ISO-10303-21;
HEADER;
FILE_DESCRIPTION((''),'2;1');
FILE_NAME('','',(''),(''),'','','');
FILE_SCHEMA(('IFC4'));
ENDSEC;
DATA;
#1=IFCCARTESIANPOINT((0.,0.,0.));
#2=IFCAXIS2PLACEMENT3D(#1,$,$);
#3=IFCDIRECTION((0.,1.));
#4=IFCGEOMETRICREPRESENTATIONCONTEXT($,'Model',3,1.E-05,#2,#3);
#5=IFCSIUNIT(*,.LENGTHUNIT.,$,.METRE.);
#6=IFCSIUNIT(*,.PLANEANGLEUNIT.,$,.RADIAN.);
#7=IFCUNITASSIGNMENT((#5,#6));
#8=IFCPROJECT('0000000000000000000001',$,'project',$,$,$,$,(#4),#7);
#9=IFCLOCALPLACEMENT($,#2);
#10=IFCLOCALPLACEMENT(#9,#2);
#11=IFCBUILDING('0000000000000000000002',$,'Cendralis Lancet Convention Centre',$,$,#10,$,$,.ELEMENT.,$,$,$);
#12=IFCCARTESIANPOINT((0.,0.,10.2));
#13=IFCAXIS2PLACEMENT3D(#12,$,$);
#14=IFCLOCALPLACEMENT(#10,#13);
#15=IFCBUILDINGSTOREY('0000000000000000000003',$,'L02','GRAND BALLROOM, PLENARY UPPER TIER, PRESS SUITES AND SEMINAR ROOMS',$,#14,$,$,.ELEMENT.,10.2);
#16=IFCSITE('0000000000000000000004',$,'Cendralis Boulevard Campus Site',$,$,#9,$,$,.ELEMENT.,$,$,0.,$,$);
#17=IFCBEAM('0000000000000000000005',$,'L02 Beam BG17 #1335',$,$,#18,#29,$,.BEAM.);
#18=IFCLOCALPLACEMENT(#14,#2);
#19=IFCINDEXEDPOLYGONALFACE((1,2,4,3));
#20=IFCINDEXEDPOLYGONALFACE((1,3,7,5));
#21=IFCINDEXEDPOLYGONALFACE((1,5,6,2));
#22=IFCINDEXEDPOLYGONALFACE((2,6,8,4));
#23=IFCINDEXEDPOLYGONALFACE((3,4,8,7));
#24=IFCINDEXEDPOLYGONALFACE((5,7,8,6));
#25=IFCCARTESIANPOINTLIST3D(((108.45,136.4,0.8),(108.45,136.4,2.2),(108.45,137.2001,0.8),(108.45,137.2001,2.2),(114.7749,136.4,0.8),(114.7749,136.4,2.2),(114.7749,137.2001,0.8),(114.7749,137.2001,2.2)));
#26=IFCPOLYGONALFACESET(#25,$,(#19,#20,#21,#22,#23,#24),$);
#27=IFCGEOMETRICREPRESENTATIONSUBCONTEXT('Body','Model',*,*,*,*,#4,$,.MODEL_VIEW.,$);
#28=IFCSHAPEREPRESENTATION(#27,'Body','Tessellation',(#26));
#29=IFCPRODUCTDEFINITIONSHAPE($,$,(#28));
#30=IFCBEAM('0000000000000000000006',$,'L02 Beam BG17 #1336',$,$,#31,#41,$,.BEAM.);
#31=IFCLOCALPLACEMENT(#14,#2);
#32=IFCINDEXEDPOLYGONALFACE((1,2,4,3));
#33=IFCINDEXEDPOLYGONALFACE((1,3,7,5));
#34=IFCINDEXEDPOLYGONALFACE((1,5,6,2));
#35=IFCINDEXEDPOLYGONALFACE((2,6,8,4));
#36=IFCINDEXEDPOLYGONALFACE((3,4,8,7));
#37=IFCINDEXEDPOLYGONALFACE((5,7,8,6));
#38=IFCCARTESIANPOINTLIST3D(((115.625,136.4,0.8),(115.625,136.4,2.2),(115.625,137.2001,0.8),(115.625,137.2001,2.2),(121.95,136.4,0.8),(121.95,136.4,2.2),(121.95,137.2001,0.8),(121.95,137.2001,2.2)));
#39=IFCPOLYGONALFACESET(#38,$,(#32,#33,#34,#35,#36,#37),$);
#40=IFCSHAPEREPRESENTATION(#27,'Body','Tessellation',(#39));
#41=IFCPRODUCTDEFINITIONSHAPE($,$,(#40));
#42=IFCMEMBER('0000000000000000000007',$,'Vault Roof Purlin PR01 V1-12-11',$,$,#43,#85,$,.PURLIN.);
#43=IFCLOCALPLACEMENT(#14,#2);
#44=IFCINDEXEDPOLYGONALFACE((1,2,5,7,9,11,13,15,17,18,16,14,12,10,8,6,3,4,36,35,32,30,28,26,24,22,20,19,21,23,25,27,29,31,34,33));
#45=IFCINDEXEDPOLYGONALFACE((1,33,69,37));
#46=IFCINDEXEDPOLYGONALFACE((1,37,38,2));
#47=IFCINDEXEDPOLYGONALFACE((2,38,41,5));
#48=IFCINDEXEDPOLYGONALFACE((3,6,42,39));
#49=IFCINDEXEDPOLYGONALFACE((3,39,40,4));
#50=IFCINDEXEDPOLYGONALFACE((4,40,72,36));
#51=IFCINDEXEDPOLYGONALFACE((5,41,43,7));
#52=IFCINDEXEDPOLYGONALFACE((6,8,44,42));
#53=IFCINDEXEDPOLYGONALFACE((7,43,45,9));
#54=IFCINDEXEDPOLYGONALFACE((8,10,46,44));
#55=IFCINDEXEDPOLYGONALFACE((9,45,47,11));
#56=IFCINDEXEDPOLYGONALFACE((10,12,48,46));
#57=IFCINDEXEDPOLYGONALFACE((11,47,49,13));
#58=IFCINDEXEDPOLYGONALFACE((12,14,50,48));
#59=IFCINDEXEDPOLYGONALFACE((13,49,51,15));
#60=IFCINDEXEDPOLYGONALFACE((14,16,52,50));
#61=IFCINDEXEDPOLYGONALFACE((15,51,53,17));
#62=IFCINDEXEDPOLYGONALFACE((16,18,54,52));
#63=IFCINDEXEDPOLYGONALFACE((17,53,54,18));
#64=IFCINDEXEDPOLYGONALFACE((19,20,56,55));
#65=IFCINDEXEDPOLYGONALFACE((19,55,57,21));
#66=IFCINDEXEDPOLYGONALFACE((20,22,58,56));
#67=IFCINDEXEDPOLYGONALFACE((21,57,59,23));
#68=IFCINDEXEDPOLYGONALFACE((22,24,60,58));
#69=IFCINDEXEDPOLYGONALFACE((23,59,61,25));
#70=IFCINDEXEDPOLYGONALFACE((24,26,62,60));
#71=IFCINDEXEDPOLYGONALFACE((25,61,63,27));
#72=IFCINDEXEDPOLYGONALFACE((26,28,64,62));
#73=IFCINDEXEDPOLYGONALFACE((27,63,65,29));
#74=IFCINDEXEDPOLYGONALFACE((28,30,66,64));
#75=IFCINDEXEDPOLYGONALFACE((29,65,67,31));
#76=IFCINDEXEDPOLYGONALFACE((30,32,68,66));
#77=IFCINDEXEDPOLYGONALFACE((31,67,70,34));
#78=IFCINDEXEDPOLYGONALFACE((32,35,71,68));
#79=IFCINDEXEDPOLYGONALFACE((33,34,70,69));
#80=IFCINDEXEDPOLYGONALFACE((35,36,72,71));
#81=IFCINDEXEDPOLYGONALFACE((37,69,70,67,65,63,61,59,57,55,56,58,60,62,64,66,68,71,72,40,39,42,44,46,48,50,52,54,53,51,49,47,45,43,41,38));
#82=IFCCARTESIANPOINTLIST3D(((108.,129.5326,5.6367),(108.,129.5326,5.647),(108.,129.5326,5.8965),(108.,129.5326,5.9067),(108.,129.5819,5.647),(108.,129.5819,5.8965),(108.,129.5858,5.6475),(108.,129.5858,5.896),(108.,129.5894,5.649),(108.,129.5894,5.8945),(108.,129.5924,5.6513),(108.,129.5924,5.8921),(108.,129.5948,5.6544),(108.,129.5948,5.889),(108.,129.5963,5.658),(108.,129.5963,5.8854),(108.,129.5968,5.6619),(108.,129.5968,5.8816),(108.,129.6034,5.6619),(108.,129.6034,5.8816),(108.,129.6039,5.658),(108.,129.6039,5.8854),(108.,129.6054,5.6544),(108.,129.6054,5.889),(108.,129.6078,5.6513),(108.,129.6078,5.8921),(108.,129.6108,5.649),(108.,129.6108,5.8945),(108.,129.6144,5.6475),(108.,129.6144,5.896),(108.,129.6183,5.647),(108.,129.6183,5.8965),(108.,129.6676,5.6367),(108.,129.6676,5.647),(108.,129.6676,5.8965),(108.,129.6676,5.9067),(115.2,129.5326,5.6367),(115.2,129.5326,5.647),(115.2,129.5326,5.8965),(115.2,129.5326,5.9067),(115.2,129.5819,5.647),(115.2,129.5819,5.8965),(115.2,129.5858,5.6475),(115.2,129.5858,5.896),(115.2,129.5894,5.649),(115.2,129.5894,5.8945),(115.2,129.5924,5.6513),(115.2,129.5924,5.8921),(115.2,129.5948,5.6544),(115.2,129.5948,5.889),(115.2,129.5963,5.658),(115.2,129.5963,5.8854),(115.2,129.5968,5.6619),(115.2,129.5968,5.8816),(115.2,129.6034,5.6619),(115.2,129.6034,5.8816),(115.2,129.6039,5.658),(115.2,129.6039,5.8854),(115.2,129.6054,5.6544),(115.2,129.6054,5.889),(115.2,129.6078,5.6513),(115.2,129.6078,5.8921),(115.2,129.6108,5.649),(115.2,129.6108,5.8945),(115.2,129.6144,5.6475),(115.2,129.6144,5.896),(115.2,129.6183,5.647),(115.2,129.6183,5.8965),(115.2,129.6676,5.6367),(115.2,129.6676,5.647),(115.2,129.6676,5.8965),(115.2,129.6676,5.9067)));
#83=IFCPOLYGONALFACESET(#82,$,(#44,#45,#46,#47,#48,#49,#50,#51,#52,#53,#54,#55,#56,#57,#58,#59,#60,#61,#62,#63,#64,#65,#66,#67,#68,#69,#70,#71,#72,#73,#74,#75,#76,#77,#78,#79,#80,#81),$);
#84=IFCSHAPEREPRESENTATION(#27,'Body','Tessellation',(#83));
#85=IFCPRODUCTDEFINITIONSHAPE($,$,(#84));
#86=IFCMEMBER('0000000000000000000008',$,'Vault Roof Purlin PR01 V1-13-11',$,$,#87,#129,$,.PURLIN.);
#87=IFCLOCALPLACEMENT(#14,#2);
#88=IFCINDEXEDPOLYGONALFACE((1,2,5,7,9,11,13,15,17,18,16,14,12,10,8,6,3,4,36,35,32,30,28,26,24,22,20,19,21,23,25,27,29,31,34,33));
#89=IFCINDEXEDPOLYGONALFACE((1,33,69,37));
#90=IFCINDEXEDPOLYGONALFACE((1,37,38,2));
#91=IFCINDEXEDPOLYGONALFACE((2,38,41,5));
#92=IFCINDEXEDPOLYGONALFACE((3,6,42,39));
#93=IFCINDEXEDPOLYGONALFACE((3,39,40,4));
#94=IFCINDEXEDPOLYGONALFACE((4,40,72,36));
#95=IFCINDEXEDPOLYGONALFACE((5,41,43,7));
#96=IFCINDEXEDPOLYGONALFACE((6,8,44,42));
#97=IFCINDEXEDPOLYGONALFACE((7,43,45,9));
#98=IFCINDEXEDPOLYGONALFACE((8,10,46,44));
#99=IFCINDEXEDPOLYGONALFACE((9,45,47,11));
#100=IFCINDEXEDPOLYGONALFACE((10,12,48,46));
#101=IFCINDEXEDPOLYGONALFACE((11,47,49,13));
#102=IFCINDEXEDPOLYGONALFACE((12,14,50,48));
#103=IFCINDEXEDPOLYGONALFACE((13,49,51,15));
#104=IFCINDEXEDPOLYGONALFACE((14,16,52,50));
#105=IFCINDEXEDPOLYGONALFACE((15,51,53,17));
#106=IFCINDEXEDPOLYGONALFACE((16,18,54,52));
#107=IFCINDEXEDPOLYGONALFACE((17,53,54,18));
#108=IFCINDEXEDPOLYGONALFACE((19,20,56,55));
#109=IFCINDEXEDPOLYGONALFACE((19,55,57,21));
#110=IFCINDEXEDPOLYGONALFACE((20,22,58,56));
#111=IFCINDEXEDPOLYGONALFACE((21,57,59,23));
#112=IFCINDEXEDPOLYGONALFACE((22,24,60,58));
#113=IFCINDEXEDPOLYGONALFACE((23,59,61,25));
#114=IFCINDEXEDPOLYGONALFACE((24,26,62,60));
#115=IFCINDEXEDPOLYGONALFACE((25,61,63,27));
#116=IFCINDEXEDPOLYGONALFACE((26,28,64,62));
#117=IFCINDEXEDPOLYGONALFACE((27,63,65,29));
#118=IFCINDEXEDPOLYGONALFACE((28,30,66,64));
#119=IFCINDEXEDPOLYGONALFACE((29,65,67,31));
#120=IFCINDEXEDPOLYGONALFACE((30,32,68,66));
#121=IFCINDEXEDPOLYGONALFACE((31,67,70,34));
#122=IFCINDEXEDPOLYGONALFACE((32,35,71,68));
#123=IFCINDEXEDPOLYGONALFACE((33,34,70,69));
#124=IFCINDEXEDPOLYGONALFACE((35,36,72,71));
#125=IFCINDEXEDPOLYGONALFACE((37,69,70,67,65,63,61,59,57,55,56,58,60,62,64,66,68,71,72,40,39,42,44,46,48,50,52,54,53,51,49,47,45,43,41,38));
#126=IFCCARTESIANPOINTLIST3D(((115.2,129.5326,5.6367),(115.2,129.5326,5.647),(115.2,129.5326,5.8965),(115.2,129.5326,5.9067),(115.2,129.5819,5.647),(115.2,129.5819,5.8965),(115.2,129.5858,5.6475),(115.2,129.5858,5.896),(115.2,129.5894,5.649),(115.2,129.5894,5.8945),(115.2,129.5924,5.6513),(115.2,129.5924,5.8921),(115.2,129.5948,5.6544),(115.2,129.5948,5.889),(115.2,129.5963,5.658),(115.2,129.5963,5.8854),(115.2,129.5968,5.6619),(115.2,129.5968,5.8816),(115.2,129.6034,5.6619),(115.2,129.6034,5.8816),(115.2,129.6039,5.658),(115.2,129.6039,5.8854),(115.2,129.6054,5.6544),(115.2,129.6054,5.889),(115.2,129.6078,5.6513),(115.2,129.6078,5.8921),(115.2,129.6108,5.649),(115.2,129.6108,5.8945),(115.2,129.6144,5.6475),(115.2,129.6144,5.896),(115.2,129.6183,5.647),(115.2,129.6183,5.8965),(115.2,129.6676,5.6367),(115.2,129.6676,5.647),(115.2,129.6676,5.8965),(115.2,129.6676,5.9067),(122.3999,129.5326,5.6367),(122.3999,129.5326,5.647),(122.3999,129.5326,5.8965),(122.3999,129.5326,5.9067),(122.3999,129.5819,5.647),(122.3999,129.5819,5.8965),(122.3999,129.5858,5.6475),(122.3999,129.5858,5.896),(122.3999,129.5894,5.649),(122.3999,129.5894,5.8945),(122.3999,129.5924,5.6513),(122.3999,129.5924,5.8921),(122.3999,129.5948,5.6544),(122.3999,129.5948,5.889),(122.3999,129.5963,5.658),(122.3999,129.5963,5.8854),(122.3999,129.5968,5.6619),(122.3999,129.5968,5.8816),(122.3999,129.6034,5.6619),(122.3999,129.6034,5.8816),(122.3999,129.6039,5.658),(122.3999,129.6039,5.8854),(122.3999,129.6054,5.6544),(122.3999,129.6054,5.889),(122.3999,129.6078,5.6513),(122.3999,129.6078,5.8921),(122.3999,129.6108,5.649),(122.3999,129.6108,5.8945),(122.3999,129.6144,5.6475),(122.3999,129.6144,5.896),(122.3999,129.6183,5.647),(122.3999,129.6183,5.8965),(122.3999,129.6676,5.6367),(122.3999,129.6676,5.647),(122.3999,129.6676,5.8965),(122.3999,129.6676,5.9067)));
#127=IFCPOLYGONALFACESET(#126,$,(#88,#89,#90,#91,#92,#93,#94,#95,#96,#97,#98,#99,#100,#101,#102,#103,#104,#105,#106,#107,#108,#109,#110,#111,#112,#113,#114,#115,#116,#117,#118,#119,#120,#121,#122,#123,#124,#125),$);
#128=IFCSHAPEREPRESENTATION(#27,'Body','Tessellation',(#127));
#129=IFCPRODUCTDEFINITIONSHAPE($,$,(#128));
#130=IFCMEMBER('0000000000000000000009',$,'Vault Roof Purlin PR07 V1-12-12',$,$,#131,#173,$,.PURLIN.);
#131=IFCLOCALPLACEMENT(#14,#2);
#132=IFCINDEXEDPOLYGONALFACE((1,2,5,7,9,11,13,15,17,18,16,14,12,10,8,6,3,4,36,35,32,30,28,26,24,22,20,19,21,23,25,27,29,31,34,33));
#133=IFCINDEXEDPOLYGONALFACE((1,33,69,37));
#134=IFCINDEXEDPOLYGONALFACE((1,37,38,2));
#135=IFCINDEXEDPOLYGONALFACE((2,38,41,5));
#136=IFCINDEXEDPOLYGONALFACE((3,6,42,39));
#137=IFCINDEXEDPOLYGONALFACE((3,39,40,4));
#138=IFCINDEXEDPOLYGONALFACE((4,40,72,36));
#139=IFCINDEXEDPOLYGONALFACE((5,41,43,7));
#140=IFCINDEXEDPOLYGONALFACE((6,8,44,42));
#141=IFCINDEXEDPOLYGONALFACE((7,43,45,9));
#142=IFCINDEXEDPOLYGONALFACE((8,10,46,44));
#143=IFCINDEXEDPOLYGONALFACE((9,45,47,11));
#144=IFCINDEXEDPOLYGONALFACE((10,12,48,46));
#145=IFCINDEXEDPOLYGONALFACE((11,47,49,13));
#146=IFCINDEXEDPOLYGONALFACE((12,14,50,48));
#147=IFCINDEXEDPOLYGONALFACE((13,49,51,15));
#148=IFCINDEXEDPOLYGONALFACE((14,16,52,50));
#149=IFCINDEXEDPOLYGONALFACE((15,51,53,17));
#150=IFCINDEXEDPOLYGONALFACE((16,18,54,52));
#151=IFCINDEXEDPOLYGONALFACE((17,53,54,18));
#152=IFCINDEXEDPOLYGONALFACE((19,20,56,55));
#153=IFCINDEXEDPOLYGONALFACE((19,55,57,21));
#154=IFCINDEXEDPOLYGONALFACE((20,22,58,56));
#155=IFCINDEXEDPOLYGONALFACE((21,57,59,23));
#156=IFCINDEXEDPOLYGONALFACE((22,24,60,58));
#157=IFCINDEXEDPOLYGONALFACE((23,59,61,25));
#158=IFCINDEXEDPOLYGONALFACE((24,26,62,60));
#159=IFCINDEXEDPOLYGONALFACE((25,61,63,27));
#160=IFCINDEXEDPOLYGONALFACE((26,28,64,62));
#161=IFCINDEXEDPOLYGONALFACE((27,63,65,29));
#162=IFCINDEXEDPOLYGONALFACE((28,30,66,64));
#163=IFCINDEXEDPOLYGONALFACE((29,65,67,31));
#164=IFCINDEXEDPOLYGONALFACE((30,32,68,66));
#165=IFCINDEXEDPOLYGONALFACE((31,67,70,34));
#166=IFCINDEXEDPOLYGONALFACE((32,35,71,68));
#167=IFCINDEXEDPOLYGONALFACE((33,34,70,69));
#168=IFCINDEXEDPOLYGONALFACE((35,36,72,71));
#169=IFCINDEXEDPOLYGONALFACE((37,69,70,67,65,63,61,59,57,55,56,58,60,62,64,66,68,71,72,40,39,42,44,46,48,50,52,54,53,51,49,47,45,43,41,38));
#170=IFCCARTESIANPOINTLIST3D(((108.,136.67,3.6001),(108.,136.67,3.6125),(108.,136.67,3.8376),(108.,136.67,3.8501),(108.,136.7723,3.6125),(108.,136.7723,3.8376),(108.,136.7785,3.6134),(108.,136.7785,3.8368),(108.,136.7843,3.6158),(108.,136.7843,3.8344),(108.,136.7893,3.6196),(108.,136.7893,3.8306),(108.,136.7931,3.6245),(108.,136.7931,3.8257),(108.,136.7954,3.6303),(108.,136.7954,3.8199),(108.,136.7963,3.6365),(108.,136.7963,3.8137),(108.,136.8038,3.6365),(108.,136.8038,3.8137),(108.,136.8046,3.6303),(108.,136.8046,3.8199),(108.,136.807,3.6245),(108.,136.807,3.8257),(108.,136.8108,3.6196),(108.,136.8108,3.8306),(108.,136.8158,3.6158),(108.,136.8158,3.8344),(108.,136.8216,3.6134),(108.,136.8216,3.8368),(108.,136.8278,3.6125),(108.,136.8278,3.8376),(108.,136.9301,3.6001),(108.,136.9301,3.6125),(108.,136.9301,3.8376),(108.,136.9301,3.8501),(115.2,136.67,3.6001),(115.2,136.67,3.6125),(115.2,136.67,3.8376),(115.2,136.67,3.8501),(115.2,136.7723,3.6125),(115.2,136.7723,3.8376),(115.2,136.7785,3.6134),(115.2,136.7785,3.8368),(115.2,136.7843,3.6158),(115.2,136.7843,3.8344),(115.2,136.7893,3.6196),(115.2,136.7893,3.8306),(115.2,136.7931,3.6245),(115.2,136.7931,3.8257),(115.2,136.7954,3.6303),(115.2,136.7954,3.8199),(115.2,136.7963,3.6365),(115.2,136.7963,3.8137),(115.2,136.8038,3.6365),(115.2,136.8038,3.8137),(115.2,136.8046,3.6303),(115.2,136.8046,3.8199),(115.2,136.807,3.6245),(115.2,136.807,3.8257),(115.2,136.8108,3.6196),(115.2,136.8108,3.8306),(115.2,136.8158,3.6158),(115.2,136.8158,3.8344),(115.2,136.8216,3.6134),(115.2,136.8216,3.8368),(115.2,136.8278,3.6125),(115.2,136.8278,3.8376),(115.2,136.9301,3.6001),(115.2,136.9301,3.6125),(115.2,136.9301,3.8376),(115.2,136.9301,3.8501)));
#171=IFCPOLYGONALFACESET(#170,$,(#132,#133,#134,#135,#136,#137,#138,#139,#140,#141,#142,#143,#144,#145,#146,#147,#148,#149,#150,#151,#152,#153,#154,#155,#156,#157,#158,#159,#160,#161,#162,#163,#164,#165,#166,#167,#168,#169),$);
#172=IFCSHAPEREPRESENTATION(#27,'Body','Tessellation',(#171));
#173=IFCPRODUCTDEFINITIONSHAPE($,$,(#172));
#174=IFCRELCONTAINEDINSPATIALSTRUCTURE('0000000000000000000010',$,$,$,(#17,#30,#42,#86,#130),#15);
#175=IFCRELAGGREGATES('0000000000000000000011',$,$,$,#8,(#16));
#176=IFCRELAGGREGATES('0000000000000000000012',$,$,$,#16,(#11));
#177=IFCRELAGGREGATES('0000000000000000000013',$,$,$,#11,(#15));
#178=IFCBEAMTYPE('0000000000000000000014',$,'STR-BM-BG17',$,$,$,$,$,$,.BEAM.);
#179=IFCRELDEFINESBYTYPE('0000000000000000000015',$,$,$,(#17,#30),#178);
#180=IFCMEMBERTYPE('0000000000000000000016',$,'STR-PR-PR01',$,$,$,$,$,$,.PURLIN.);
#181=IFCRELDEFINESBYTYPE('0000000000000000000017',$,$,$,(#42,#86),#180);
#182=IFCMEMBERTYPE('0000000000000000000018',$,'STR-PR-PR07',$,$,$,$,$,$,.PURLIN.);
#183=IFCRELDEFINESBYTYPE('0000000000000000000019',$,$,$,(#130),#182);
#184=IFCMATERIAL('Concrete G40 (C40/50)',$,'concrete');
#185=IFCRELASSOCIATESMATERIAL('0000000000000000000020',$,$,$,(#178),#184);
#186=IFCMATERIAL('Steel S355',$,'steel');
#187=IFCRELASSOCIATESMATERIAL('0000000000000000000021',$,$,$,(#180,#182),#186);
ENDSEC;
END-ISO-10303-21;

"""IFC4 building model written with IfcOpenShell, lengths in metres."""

from ifc_helpers import new_model, si_unit, direction, frame, origin, origin_2d, place, context, subcontext, project, spatial, rectangle, i_section, extrude, material, material_profile, profile_set, type_object, element, save


model = new_model("IFC4")

# Units and contexts
model_context = context("Model", 3, precision=1e-05, world=origin(), true_north=direction((0.0, 1.0)))
body_context = subcontext(model_context, "Body", "Model", "MODEL_VIEW")
ifc_project = project(units=[si_unit("LENGTHUNIT", "METRE"), si_unit("PLANEANGLEUNIT", "RADIAN")], contexts=[model_context])

# Site, building, storey
site_placement = place(None, origin())
site = spatial("IfcSite", under=ifc_project, at=site_placement, Name="Cendralis Boulevard Campus Site", CompositionType="ELEMENT", RefElevation=0.0)
building_placement = place(site_placement, origin())
building = spatial("IfcBuilding", under=site, at=building_placement, Name="Cendralis Lancet Convention Centre", CompositionType="ELEMENT")
storey_placement = place(building_placement, frame((0.0, 0.0, 10.2)))
storey = spatial("IfcBuildingStorey", under=building, at=storey_placement, Name="L02", Description="GRAND BALLROOM, PLENARY UPPER TIER, PRESS SUITES AND SEMINAR ROOMS", CompositionType="ELEMENT", Elevation=10.2)

# Beams
ifc_material_1 = material(Name="Concrete G40 (C40/50)", Category="concrete")
ifc_material_profile_1 = material_profile(ifc_material_1, rectangle(XDim=0.8, YDim=1.3999, at=origin_2d()), Name="RCB 800x1400")
ifc_profile_set_1 = profile_set([ifc_material_profile_1], Name="Concrete G40 (C40/50)")
beam_type = type_object("IfcBeamType", Name="STR-BM-BG17", PredefinedType="BEAM", material=ifc_profile_set_1)
for number, where, z_axis, x_axis, name in (
    (1, (108.45, 136.8, 1.5), (1.0, 0.0, 0.0), (0.0, 1.0, 0.0), "L02 Beam BG17 #1335"),
    (2, (115.625, 136.8, 1.5), (1.0, 0.0, 0.0), (0.0, 1.0, 0.0), "L02 Beam BG17 #1336"),
):
    element("IfcBeam", number, at=place(storey_placement, frame(where, z_axis=z_axis, x_axis=x_axis)), inside=storey, type_object=beam_type, Name=name, PredefinedType="BEAM", context=body_context, shape_type="SweptSolid", body=[
        extrude(rectangle(XDim=0.8, YDim=1.3999, at=origin_2d()), origin(), (0.0, 0.0, 1.0), 6.325),
    ])

# Members
ifc_material_2 = material(Name="Steel S355", Category="steel")
ifc_material_profile_2 = material_profile(ifc_material_2, i_section(OverallWidth=0.135, OverallDepth=0.27, WebThickness=0.0066, FlangeThickness=0.0103, FilletRadius=0.0149, at=origin_2d()), Name="IPE 270")
ifc_profile_set_2 = profile_set([ifc_material_profile_2], Name="Steel S355")
member_type_1 = type_object("IfcMemberType", Name="STR-PR-PR01", PredefinedType="PURLIN", material=ifc_profile_set_2)
for number, where, z_axis, x_axis, name in (
    (3, (108.0, 129.6001, 5.7717), (1.0, 0.0, 0.0), (0.0, 1.0, 0.0), "Vault Roof Purlin PR01 V1-12-11"),
    (4, (115.2, 129.6001, 5.7717), (1.0, 0.0, 0.0), (0.0, 1.0, 0.0), "Vault Roof Purlin PR01 V1-13-11"),
):
    element("IfcMember", number, at=place(storey_placement, frame(where, z_axis=z_axis, x_axis=x_axis)), inside=storey, type_object=member_type_1, Name=name, PredefinedType="PURLIN", context=body_context, shape_type="SweptSolid", body=[
        extrude(i_section(OverallWidth=0.135, OverallDepth=0.27, WebThickness=0.0066, FlangeThickness=0.0103, FilletRadius=0.0149, at=origin_2d()), origin(), (0.0, 0.0, 1.0), 7.2),
    ])
ifc_material_profile_3 = material_profile(ifc_material_2, i_section(OverallWidth=0.26, OverallDepth=0.25, WebThickness=0.0076, FlangeThickness=0.0125, FilletRadius=0.0239, at=origin_2d()), Name="HEA 260")
ifc_profile_set_3 = profile_set([ifc_material_profile_3], Name="Steel S355")
member_type_2 = type_object("IfcMemberType", Name="STR-PR-PR07", PredefinedType="PURLIN", material=ifc_profile_set_3)
for number, where, z_axis, x_axis, name in (
    (5, (108.0, 136.8, 3.7251), (1.0, 0.0, 0.0), (0.0, 1.0, 0.0), "Vault Roof Purlin PR07 V1-12-12"),
):
    element("IfcMember", number, at=place(storey_placement, frame(where, z_axis=z_axis, x_axis=x_axis)), inside=storey, type_object=member_type_2, Name=name, PredefinedType="PURLIN", context=body_context, shape_type="SweptSolid", body=[
        extrude(i_section(OverallWidth=0.26, OverallDepth=0.25, WebThickness=0.0076, FlangeThickness=0.0125, FilletRadius=0.0239, at=origin_2d()), origin(), (0.0, 0.0, 1.0), 7.2),
    ])

save(model, "model.ifc")
